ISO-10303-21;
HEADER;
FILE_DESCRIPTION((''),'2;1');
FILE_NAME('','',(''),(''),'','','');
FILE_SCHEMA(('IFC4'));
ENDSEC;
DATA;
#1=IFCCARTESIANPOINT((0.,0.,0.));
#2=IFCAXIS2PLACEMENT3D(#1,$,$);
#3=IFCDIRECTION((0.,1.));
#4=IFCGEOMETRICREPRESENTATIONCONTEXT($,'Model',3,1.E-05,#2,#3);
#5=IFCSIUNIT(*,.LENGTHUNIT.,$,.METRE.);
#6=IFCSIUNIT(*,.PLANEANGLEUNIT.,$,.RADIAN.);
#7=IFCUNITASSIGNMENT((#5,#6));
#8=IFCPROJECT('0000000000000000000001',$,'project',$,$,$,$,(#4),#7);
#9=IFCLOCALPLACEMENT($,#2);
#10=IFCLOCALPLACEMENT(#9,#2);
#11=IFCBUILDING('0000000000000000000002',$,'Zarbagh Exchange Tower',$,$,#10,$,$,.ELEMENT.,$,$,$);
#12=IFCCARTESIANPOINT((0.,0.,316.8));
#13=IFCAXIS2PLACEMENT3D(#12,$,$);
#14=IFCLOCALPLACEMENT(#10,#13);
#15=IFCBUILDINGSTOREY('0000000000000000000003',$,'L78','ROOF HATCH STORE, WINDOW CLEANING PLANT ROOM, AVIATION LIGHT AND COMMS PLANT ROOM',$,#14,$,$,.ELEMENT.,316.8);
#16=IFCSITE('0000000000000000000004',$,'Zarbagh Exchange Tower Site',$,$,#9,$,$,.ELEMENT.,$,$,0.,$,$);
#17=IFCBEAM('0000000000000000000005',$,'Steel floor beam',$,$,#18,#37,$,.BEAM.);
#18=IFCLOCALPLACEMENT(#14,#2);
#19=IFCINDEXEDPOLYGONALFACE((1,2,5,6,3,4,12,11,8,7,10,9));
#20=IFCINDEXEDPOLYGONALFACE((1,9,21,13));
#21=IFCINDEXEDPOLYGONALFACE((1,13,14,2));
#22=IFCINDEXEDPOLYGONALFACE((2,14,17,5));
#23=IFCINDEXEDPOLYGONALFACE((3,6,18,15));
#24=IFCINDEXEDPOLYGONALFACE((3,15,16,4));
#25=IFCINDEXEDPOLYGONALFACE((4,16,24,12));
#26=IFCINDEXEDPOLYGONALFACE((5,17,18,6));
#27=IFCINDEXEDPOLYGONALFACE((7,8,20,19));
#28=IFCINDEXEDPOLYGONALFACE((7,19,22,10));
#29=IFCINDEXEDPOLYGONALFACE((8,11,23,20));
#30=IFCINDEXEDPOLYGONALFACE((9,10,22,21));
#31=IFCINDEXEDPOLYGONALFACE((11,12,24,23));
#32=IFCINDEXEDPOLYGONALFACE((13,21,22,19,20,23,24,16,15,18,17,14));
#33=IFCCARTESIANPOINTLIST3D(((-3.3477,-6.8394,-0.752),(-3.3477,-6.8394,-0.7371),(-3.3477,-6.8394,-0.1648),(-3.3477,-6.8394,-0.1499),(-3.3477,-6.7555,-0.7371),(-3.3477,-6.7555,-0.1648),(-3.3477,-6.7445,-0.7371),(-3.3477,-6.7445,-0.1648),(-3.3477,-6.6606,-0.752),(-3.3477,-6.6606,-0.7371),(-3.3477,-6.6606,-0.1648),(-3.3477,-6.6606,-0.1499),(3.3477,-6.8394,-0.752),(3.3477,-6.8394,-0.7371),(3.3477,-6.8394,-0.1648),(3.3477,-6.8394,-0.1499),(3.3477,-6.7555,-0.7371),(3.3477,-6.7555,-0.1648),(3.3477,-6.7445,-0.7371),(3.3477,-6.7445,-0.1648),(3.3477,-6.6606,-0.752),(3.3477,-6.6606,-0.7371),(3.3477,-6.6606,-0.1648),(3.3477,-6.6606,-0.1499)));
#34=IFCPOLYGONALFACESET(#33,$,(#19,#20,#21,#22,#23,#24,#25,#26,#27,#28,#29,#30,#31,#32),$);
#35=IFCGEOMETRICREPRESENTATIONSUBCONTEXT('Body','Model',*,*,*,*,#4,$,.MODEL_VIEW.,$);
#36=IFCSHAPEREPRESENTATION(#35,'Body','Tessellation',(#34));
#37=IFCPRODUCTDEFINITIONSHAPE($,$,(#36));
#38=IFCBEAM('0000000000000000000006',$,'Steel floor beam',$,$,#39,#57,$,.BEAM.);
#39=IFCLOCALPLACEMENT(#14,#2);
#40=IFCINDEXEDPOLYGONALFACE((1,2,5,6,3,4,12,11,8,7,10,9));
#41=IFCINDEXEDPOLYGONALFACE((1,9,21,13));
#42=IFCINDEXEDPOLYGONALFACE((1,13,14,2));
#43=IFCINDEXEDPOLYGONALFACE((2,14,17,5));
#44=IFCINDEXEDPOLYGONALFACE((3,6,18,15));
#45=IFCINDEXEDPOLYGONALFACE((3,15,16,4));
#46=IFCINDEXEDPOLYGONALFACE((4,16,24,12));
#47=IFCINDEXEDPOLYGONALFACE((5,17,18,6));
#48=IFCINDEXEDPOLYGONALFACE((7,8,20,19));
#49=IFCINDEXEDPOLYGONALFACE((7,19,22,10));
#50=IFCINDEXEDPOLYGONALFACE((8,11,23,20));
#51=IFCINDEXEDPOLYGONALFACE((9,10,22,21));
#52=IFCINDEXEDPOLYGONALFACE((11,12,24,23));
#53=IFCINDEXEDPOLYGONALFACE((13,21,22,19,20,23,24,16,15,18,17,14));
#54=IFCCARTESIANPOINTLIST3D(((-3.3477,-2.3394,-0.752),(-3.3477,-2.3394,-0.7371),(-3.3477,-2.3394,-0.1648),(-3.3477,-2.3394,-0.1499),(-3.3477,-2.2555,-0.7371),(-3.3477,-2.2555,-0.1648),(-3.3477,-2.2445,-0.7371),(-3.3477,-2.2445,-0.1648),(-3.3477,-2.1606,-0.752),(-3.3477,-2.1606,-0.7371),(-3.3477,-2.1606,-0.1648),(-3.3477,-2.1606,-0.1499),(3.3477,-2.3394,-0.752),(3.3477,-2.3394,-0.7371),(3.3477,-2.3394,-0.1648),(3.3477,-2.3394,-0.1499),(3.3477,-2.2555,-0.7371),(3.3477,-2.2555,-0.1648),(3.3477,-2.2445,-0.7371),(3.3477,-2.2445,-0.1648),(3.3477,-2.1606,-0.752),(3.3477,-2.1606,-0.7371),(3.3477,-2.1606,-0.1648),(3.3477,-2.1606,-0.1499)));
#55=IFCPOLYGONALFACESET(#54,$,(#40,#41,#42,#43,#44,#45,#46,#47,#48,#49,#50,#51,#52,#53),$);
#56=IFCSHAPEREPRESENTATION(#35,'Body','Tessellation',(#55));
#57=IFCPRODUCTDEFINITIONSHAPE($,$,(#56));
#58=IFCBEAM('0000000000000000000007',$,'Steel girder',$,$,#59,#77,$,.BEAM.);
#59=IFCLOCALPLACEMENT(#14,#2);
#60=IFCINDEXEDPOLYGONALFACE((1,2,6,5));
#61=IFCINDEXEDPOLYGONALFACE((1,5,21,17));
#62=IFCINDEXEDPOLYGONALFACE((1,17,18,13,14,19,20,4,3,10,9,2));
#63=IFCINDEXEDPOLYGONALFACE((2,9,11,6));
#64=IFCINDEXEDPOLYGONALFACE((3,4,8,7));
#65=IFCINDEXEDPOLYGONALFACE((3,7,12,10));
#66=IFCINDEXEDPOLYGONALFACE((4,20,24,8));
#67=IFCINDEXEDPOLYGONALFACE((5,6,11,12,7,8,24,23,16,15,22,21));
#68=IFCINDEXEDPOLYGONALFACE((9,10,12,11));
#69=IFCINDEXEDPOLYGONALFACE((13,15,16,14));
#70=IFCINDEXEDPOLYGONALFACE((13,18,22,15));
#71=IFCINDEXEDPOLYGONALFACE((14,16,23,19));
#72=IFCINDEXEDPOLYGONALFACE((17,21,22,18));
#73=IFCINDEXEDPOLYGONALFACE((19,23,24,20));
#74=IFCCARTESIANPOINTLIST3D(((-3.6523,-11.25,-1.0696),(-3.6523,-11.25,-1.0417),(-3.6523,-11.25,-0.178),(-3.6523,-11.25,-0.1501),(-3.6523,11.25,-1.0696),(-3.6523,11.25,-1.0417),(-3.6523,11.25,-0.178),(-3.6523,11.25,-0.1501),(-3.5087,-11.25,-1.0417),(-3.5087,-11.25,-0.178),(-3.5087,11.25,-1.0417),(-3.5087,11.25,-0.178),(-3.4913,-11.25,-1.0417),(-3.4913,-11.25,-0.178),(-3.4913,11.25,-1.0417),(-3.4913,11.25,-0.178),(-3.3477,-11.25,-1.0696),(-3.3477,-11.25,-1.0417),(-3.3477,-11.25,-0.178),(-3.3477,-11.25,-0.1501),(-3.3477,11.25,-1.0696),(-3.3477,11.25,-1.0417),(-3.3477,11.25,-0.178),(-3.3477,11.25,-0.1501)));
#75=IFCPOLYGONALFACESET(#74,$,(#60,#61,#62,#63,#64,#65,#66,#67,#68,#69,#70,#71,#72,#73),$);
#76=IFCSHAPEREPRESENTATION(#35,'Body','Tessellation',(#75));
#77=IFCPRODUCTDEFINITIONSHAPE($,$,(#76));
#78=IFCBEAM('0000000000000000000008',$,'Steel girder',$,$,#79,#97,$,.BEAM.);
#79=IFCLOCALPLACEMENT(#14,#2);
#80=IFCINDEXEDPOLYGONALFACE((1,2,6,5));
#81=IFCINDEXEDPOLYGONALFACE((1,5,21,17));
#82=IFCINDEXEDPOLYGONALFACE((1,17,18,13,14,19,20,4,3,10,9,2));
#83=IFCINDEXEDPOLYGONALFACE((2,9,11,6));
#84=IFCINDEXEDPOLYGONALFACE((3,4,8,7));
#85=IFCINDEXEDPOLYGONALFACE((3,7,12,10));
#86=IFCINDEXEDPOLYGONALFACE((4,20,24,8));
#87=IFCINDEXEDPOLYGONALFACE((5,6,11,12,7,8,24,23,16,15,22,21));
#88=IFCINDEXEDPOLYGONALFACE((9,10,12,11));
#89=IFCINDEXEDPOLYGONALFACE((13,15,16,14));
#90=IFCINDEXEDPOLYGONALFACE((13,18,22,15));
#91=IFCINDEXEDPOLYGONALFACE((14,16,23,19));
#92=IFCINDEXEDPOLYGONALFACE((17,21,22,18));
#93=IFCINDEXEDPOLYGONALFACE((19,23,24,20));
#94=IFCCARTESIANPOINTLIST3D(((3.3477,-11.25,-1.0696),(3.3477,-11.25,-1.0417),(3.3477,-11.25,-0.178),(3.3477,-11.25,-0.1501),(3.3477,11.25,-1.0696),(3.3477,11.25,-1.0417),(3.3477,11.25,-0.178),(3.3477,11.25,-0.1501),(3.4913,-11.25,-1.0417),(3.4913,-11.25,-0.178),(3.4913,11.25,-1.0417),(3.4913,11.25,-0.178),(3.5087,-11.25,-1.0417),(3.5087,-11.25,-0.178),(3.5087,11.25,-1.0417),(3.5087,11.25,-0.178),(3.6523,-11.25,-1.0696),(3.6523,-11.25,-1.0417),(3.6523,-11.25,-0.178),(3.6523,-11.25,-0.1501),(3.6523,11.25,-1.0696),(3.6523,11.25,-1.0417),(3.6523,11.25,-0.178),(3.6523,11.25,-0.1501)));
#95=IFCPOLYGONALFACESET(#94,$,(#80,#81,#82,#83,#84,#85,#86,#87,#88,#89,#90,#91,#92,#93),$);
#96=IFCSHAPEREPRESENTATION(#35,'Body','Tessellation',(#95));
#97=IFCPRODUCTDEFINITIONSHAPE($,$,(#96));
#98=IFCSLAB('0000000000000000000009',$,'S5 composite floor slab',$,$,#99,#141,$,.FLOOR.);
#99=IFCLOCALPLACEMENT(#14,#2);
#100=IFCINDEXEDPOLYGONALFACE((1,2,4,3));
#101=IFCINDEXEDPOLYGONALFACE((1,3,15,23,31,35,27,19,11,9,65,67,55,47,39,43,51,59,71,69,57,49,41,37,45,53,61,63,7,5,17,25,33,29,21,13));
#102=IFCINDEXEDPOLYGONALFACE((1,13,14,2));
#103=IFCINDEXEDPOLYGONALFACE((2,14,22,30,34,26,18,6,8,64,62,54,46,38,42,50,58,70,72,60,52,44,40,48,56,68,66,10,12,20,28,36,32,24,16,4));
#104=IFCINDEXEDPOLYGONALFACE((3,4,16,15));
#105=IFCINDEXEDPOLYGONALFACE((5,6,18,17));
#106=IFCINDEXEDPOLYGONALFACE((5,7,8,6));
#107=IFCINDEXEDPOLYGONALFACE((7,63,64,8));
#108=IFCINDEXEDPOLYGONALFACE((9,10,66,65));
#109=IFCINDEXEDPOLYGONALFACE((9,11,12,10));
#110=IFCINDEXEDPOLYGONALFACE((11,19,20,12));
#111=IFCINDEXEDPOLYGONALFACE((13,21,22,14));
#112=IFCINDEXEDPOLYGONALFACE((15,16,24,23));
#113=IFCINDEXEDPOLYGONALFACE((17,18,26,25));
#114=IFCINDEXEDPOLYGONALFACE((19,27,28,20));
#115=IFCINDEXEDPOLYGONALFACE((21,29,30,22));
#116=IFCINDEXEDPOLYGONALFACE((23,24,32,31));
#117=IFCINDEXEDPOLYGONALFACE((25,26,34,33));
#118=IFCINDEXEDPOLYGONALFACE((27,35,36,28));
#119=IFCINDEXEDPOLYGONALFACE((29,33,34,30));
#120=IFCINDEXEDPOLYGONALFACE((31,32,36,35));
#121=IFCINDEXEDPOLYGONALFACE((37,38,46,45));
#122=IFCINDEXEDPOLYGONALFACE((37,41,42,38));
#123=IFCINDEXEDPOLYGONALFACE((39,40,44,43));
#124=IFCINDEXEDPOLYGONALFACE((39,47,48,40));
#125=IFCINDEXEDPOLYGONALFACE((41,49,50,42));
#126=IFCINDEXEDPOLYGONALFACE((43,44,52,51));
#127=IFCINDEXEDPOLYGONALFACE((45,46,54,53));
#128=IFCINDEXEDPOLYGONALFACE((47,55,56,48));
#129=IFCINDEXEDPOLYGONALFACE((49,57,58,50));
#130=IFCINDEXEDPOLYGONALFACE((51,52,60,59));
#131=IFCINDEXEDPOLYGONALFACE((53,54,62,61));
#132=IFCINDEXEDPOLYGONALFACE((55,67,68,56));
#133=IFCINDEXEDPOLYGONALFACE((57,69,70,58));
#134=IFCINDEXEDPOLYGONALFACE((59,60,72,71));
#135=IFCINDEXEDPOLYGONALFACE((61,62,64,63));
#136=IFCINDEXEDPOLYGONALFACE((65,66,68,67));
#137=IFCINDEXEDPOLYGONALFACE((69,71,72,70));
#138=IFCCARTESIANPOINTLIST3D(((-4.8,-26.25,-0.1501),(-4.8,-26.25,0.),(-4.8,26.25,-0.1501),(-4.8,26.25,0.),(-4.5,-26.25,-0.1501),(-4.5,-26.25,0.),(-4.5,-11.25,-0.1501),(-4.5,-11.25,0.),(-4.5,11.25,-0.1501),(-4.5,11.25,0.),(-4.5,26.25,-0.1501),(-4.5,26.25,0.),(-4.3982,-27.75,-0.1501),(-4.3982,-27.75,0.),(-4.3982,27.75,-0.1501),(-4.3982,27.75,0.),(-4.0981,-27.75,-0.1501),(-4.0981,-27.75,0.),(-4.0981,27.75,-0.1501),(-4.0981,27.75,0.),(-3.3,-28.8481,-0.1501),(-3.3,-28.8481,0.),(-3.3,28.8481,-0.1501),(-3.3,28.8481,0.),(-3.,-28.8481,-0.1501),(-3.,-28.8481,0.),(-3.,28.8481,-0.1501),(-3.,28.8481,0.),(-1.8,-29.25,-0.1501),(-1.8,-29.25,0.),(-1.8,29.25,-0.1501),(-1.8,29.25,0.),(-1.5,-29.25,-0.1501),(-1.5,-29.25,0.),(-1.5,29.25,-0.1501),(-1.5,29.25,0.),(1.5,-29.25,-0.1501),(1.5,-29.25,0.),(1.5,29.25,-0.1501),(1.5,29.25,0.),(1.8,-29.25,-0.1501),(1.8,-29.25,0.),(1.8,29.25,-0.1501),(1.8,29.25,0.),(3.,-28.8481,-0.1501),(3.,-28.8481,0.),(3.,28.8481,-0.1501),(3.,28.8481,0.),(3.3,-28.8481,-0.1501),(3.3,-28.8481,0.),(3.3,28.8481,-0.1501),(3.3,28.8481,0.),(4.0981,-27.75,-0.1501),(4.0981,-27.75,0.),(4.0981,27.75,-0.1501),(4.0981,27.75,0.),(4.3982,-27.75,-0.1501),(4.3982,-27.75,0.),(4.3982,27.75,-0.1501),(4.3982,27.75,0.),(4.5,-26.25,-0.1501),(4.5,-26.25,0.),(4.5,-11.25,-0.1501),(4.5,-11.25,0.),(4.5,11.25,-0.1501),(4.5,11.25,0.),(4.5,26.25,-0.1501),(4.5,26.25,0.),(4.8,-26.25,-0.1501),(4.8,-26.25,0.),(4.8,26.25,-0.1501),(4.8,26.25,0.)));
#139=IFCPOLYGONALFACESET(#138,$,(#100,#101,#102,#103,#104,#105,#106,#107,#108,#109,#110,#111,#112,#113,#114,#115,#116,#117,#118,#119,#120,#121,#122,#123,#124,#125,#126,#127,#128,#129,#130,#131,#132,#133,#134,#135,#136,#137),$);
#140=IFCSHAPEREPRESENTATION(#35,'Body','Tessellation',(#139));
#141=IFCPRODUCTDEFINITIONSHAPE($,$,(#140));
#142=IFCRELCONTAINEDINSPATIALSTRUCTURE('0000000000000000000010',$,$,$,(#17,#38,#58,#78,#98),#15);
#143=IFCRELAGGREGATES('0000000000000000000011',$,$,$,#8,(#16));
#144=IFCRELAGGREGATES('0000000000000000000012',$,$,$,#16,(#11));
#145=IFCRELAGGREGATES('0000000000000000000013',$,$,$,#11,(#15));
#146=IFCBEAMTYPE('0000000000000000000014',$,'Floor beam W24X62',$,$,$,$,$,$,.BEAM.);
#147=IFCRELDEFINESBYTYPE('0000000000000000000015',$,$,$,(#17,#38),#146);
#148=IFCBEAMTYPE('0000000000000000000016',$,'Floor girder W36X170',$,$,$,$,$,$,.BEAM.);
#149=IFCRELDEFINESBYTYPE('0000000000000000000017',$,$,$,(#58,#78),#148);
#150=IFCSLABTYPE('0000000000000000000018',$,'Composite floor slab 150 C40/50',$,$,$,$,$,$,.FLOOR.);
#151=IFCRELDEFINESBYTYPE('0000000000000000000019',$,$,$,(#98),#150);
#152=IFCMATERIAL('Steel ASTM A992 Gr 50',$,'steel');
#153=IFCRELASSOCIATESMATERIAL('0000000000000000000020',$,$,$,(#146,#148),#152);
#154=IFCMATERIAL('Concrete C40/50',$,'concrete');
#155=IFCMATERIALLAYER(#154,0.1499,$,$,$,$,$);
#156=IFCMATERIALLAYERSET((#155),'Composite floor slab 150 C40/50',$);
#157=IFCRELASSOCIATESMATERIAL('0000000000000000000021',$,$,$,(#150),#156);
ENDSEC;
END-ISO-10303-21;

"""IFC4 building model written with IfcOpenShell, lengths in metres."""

from ifc_helpers import new_model, si_unit, direction, frame, origin, origin_2d, place, context, subcontext, project, spatial, polyline, i_section, outline, extrude, material, layer, layer_set, material_profile, profile_set, type_object, element, save


model = new_model("IFC4")

# Units and contexts
model_context = context("Model", 3, precision=1e-05, world=origin(), true_north=direction((0.0, 1.0)))
body_context = subcontext(model_context, "Body", "Model", "MODEL_VIEW")
ifc_project = project(units=[si_unit("LENGTHUNIT", "METRE"), si_unit("PLANEANGLEUNIT", "RADIAN")], contexts=[model_context])

# Site, building, storey
site_placement = place(None, origin())
site = spatial("IfcSite", under=ifc_project, at=site_placement, Name="Zarbagh Exchange Tower Site", CompositionType="ELEMENT", RefElevation=0.0)
building_placement = place(site_placement, origin())
building = spatial("IfcBuilding", under=site, at=building_placement, Name="Zarbagh Exchange Tower", CompositionType="ELEMENT")
storey_placement = place(building_placement, frame((0.0, 0.0, 316.8)))
storey = spatial("IfcBuildingStorey", under=building, at=storey_placement, Name="L78", Description="ROOF HATCH STORE, WINDOW CLEANING PLANT ROOM, AVIATION LIGHT AND COMMS PLANT ROOM", CompositionType="ELEMENT", Elevation=316.8)

# Beams
ifc_material_1 = material(Name="Steel ASTM A992 Gr 50", Category="steel")
ifc_material_profile_1 = material_profile(ifc_material_1, i_section(OverallWidth=0.1787, OverallDepth=0.6021, WebThickness=0.011, FlangeThickness=0.0149, at=origin_2d()), Name="W24X62")
ifc_profile_set_1 = profile_set([ifc_material_profile_1], Name="Steel ASTM A992 Gr 50")
beam_type_1 = type_object("IfcBeamType", Name="Floor beam W24X62", PredefinedType="BEAM", material=ifc_profile_set_1)
for number, where, z_axis, x_axis, name in (
    (1, (-3.3477, -6.75, -0.4509), (1.0, 0.0, 0.0), (0.0, 1.0, 0.0), "Steel floor beam"),
    (2, (-3.3477, -2.25, -0.4509), (1.0, 0.0, 0.0), (0.0, 1.0, 0.0), "Steel floor beam"),
):
    element("IfcBeam", number, at=place(storey_placement, frame(where, z_axis=z_axis, x_axis=x_axis)), inside=storey, type_object=beam_type_1, Name=name, PredefinedType="BEAM", context=body_context, shape_type="SweptSolid", body=[
        extrude(i_section(OverallWidth=0.1787, OverallDepth=0.6021, WebThickness=0.011, FlangeThickness=0.0149, at=origin_2d()), origin(), (0.0, 0.0, 1.0), 6.6953),
    ])
ifc_material_profile_2 = material_profile(ifc_material_1, i_section(OverallWidth=0.3047, OverallDepth=0.9194, WebThickness=0.0173, FlangeThickness=0.0278, at=origin_2d()), Name="W36X170")
ifc_profile_set_2 = profile_set([ifc_material_profile_2], Name="Steel ASTM A992 Gr 50")
beam_type_2 = type_object("IfcBeamType", Name="Floor girder W36X170", PredefinedType="BEAM", material=ifc_profile_set_2)
for number, where, z_axis, x_axis, name in (
    (3, (-3.5, -11.25, -0.6099), (0.0, 1.0, 0.0), (-1.0, 0.0, 0.0), "Steel girder"),
    (4, (3.5, -11.25, -0.6099), (0.0, 1.0, 0.0), (-1.0, 0.0, 0.0), "Steel girder"),
):
    element("IfcBeam", number, at=place(storey_placement, frame(where, z_axis=z_axis, x_axis=x_axis)), inside=storey, type_object=beam_type_2, Name=name, PredefinedType="BEAM", context=body_context, shape_type="SweptSolid", body=[
        extrude(i_section(OverallWidth=0.3047, OverallDepth=0.9194, WebThickness=0.0173, FlangeThickness=0.0278, at=origin_2d()), origin(), (0.0, 0.0, 1.0), 22.5),
    ])

# Slab
ifc_material_2 = material(Name="Concrete C40/50", Category="concrete")
ifc_layer_1 = layer(ifc_material_2, 0.1499)
ifc_layer_set_1 = layer_set([ifc_layer_1], Name="Composite floor slab 150 C40/50")
slab_type_1 = type_object("IfcSlabType", Name="Composite floor slab 150 C40/50", PredefinedType="FLOOR", material=ifc_layer_set_1)
slab_1_placement = place(storey_placement, frame((0.0, 0.0, -0.1501)))
element("IfcSlab", 5, at=slab_1_placement, inside=storey, type_object=slab_type_1, Name="S5 composite floor slab", PredefinedType="FLOOR", context=body_context, shape_type="SweptSolid", body=[
    extrude(outline(polyline([(1.5, -29.25), (3.0, -28.8481), (4.0981, -27.75), (4.5, -26.25), (4.5, -11.25), (-4.5, -11.25), (-4.5, -26.25), (-4.0981, -27.75), (-3.0, -28.8481), (-1.5, -29.25), (-1.8, -29.25), (-3.3, -28.8481), (-4.3982, -27.75), (-4.8, -26.25), (-4.8, 26.25), (-4.3982, 27.75), (-3.3, 28.8481), (-1.8, 29.25), (-1.5, 29.25), (-3.0, 28.8481), (-4.0981, 27.75), (-4.5, 26.25), (-4.5, 11.25), (4.5, 11.25), (4.5, 26.25), (4.0981, 27.75), (3.0, 28.8481), (1.5, 29.25), (1.8, 29.25), (3.3, 28.8481), (4.3982, 27.75), (4.8, 26.25), (4.8, -26.25), (4.3982, -27.75), (3.3, -28.8481), (1.8, -29.25), (1.5, -29.25)])), origin(), (0.0, 0.0, 1.0), 0.1501),
])

save(model, "model.ifc")
